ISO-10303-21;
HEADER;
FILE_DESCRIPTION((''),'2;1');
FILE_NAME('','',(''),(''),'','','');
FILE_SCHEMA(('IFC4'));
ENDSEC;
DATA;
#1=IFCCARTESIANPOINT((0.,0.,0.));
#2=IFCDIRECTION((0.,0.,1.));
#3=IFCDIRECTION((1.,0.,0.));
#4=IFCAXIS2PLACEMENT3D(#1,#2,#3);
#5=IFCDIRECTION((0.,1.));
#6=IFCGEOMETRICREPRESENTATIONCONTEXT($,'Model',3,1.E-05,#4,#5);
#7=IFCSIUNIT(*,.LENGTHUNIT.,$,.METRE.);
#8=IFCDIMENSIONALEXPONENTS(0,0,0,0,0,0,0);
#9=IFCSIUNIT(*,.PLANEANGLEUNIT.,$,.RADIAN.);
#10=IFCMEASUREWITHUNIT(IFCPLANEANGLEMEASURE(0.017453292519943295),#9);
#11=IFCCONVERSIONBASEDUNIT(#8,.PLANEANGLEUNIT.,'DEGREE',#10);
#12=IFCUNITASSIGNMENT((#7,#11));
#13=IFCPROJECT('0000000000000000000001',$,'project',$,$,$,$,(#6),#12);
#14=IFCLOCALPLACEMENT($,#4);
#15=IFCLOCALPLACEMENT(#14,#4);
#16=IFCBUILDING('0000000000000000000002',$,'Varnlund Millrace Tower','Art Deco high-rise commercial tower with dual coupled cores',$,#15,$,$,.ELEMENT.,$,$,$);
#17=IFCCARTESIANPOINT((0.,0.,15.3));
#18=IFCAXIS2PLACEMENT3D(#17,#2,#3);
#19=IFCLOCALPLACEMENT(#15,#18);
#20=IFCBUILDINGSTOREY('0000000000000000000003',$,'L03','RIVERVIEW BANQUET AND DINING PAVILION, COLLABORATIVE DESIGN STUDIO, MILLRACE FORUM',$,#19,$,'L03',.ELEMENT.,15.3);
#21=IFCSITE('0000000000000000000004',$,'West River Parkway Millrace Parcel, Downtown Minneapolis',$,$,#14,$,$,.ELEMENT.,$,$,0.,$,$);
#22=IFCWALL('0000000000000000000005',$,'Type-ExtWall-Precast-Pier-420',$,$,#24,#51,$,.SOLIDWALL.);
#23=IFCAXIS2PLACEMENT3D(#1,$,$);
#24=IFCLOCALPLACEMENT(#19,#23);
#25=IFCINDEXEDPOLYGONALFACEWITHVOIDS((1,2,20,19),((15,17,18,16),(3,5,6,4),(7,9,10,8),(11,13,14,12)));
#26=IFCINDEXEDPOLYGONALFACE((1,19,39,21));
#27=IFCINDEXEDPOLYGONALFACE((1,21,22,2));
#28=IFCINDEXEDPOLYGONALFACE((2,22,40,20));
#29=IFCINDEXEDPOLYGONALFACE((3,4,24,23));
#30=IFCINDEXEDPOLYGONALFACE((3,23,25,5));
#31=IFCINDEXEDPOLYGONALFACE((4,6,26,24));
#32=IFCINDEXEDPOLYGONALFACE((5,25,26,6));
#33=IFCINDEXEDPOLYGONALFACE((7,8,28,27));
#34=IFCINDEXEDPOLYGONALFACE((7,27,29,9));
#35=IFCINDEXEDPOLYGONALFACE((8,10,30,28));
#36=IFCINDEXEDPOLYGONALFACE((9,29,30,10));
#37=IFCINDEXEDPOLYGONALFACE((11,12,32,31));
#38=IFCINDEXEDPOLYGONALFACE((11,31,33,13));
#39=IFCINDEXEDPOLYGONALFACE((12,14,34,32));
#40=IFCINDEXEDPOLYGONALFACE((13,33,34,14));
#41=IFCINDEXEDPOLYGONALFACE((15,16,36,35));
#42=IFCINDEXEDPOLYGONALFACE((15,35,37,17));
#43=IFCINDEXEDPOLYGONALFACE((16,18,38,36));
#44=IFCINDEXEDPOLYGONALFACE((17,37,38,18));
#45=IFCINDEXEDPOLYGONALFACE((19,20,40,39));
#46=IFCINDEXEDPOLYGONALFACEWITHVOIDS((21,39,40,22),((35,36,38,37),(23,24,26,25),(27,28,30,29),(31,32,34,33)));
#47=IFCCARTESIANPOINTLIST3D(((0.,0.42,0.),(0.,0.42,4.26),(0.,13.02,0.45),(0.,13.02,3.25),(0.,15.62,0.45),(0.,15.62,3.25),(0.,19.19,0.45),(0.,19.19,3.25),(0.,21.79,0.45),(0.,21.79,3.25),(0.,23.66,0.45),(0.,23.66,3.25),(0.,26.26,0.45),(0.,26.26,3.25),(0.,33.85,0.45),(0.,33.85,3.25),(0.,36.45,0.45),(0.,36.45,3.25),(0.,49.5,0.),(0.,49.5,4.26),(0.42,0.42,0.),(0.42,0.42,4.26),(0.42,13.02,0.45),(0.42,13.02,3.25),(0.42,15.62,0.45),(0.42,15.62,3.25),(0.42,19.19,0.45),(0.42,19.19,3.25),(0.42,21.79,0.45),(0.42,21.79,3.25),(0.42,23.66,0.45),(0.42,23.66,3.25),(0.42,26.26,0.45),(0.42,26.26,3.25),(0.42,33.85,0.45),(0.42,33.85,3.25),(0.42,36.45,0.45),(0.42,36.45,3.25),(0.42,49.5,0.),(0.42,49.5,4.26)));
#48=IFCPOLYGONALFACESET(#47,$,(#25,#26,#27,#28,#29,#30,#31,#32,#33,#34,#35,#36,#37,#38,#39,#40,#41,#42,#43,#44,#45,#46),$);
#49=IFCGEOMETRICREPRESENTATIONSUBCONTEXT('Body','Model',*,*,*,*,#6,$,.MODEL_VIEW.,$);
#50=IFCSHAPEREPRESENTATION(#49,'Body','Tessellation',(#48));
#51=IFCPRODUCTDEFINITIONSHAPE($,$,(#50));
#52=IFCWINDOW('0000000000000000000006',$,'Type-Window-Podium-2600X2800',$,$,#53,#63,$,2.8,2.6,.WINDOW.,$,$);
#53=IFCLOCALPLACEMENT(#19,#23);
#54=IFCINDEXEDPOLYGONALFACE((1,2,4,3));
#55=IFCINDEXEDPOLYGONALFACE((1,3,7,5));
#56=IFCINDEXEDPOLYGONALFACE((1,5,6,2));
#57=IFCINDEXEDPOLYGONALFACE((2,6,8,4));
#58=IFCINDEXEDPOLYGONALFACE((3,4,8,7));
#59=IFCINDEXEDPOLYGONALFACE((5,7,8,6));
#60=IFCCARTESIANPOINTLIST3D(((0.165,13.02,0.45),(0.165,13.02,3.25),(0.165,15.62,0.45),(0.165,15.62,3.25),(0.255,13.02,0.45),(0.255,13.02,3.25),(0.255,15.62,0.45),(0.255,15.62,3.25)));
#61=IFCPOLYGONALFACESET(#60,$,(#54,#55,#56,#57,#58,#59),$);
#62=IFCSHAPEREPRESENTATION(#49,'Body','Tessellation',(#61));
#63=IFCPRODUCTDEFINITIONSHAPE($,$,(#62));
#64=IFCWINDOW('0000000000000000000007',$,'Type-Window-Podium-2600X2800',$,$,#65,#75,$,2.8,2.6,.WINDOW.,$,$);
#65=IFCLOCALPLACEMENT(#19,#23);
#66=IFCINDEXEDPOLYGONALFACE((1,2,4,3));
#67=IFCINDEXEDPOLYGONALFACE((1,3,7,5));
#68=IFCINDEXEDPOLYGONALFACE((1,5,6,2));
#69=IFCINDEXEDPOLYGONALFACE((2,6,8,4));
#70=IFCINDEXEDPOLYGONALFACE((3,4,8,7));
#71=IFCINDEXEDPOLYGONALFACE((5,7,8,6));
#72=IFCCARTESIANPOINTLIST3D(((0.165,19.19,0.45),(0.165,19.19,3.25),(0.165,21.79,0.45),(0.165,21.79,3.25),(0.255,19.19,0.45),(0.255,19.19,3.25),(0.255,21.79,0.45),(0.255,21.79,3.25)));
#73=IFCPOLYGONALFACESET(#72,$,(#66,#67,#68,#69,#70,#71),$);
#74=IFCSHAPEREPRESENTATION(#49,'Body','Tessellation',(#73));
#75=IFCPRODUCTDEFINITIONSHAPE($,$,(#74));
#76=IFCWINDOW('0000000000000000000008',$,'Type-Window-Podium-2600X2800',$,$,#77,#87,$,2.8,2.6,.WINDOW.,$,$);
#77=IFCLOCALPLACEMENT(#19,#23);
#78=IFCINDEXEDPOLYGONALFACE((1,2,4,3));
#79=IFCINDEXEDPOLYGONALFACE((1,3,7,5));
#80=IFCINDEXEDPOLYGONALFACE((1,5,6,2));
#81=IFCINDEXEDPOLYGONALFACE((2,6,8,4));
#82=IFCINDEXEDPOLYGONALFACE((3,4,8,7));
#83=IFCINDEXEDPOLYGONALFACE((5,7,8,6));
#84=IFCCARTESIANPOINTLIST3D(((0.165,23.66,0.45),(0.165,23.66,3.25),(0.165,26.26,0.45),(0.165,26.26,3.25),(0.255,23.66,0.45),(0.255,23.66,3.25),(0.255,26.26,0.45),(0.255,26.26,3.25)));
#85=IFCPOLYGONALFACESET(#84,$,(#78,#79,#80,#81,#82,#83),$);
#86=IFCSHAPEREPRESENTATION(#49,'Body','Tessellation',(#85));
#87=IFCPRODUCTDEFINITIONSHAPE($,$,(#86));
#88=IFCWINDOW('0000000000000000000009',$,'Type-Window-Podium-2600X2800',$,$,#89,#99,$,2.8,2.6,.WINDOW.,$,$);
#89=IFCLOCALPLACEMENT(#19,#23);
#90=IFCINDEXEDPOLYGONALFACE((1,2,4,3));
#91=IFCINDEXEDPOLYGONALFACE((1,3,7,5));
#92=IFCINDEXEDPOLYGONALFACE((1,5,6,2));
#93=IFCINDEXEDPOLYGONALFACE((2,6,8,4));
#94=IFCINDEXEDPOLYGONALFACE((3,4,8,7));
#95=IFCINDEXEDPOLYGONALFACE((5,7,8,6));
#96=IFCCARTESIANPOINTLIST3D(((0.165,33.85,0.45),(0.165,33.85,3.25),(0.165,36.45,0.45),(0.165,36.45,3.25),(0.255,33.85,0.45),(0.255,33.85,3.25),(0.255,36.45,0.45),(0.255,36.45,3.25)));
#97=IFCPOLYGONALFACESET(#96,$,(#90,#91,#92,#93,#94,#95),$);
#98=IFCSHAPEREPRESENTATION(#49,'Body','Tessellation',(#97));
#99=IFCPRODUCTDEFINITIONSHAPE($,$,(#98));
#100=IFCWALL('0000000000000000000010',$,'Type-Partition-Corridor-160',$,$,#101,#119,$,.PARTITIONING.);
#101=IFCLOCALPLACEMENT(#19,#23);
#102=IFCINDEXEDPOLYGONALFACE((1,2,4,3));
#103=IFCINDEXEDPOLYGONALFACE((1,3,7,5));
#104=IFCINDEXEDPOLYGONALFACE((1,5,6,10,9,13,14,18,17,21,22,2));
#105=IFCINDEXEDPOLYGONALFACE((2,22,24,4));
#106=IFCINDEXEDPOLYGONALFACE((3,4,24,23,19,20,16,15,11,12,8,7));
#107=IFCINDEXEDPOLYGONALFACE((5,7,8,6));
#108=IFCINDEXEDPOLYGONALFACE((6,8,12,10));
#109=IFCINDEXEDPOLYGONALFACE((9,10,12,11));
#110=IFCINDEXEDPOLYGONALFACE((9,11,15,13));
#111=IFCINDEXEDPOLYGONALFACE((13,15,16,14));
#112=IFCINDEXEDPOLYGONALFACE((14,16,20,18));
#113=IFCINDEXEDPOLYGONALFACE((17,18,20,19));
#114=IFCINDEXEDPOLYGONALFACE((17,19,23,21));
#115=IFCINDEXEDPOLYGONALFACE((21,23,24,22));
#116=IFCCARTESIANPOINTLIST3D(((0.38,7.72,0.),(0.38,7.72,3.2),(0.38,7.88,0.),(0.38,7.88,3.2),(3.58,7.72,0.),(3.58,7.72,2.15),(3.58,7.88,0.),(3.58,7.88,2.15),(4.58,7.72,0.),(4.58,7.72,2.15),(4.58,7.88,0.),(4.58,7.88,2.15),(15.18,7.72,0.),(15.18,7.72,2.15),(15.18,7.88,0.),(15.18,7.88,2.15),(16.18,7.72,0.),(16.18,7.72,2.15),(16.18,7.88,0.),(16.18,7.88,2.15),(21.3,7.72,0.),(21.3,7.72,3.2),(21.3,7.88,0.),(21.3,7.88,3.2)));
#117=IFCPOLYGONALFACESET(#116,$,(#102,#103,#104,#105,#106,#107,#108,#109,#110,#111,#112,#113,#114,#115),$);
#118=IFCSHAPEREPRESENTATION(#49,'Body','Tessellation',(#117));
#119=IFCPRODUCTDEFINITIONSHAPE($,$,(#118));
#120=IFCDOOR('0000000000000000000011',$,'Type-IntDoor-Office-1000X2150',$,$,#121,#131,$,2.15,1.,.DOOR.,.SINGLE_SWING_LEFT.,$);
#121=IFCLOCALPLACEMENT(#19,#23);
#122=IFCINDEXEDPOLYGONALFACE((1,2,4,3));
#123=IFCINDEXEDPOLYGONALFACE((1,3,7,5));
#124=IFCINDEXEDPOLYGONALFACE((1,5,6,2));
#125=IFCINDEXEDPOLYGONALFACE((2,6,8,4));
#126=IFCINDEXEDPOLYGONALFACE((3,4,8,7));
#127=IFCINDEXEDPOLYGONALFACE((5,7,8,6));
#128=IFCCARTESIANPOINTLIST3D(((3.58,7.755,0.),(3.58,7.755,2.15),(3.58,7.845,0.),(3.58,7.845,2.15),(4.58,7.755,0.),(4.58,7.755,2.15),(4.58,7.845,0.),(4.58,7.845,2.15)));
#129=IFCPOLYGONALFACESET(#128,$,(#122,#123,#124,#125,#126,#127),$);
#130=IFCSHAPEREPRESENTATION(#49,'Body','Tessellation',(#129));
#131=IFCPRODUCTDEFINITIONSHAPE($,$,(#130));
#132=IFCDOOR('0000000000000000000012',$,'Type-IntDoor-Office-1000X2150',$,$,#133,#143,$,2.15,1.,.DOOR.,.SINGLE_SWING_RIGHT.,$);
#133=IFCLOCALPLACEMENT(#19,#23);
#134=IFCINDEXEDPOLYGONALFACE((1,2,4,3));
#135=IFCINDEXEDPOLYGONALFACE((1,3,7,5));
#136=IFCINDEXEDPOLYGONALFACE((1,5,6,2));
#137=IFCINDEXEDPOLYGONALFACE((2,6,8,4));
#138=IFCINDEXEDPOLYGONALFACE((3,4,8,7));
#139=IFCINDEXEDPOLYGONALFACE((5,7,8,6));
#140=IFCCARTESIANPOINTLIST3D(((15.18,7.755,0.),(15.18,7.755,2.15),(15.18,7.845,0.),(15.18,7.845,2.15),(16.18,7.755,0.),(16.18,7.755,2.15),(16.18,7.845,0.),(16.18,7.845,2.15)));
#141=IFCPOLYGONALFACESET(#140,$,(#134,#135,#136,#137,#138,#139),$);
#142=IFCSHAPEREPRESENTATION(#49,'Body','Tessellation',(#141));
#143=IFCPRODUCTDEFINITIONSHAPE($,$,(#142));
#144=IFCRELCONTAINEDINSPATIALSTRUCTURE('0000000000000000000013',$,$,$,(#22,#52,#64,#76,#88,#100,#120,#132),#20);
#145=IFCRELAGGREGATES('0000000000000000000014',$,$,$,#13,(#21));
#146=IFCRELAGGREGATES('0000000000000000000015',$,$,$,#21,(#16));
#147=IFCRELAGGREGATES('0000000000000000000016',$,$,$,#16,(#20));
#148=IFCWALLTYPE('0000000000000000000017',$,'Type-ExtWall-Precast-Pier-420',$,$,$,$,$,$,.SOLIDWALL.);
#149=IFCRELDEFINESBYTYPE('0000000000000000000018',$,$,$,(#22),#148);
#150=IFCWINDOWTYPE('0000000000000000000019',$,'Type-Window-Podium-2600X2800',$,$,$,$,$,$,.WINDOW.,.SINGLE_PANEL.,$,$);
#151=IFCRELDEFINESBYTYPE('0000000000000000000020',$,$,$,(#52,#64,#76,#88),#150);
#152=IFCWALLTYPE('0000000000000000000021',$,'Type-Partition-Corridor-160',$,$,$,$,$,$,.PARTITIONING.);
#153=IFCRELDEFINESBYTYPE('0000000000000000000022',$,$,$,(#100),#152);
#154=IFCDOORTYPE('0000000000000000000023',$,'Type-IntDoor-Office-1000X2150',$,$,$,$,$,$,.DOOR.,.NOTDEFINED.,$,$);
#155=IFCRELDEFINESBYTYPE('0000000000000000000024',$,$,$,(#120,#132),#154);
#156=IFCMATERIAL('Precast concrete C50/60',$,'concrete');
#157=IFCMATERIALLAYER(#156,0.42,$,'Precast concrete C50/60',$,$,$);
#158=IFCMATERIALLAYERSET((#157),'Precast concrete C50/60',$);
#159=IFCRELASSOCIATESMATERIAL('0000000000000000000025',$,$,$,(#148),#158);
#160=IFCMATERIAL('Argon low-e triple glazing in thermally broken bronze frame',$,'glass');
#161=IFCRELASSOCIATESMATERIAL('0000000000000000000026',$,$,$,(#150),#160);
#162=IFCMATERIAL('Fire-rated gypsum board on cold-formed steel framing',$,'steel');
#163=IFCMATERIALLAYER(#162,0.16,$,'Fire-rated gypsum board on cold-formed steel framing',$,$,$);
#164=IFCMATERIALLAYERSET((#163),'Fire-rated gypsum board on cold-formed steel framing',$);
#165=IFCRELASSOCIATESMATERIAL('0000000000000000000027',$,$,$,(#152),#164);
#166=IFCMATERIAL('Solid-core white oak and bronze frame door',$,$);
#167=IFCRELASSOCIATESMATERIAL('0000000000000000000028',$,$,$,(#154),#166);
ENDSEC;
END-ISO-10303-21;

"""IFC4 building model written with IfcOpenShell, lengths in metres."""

from ifc_helpers import new_model, entity, si_unit, converted_unit, direction, frame, origin_with_axes, origin_2d_with_axis, place, context, subcontext, project, spatial, polyline, rectangle, outline, extrude, material, layer, layer_set, type_object, element, fill, save


model = new_model("IFC4")

# Units and contexts
model_context = context("Model", 3, precision=1e-05, world=origin_with_axes(), true_north=direction((0.0, 1.0)))
body_context = subcontext(model_context, "Body", "Model", "MODEL_VIEW")
ifc_project = project(units=[si_unit("LENGTHUNIT", "METRE"), converted_unit("PLANEANGLEUNIT", "DEGREE", entity("IfcPlaneAngleMeasure", 0.017453292519943295), si_unit("PLANEANGLEUNIT", "RADIAN"), dimensions=[0, 0, 0, 0, 0, 0, 0])], contexts=[model_context])

# Site, building, storey
site_placement = place(None, origin_with_axes())
site = spatial("IfcSite", under=ifc_project, at=site_placement, Name="West River Parkway Millrace Parcel, Downtown Minneapolis", CompositionType="ELEMENT", RefElevation=0.0)
building_placement = place(site_placement, origin_with_axes())
building = spatial("IfcBuilding", under=site, at=building_placement, Name="Varnlund Millrace Tower", Description="Art Deco high-rise commercial tower with dual coupled cores", CompositionType="ELEMENT")
storey_placement = place(building_placement, frame((0.0, 0.0, 15.3), z_axis=(0.0, 0.0, 1.0), x_axis=(1.0, 0.0, 0.0)))
storey = spatial("IfcBuildingStorey", under=building, at=storey_placement, Name="L03", Description="RIVERVIEW BANQUET AND DINING PAVILION, COLLABORATIVE DESIGN STUDIO, MILLRACE FORUM", LongName="L03", CompositionType="ELEMENT", Elevation=15.3)

# Wall, openings, windows
ifc_material_1 = material(Name="Precast concrete C50/60", Category="concrete")
ifc_layer_1 = layer(ifc_material_1, 0.42, Name="Precast concrete C50/60")
ifc_layer_set_1 = layer_set([ifc_layer_1], Name="Precast concrete C50/60")
wall_type_1 = type_object("IfcWallType", Name="Type-ExtWall-Precast-Pier-420", PredefinedType="SOLIDWALL", material=ifc_layer_set_1)
wall_1_placement = place(storey_placement, frame((0.21, 0.42, 0.0), z_axis=(0.0, 0.0, 1.0), x_axis=(0.0, 1.0, 0.0)))
wall_1 = element("IfcWall", 1, at=wall_1_placement, inside=storey, type_object=wall_type_1, Name="Type-ExtWall-Precast-Pier-420", PredefinedType="SOLIDWALL", context=body_context, shape_type="SweptSolid", body=[
    extrude(outline(polyline([(0.0, -0.21), (49.08, -0.21), (49.08, 0.21), (0.0, 0.21), (0.0, -0.21)])), origin_with_axes(), (0.0, 0.0, 1.0), 4.26),
])
opening_1_placement = place(wall_1_placement, frame((13.9, 0.0, 0.45), z_axis=(0.0, 0.0, 1.0), x_axis=(1.0, 0.0, 0.0)))
opening_1 = element("IfcOpeningElement", 2, at=opening_1_placement, cuts=wall_1, PredefinedType="OPENING", context=body_context, shape_type="SweptSolid", body=[
    extrude(rectangle(XDim=2.6, YDim=0.44, at=origin_2d_with_axis()), origin_with_axes(), (0.0, 0.0, 1.0), 2.8),
])
opening_2_placement = place(wall_1_placement, frame((20.07, 0.0, 0.45), z_axis=(0.0, 0.0, 1.0), x_axis=(1.0, 0.0, 0.0)))
opening_2 = element("IfcOpeningElement", 3, at=opening_2_placement, cuts=wall_1, PredefinedType="OPENING", context=body_context, shape_type="SweptSolid", body=[
    extrude(rectangle(XDim=2.6, YDim=0.44, at=origin_2d_with_axis()), origin_with_axes(), (0.0, 0.0, 1.0), 2.8),
])
opening_3_placement = place(wall_1_placement, frame((24.54, 0.0, 0.45), z_axis=(0.0, 0.0, 1.0), x_axis=(1.0, 0.0, 0.0)))
opening_3 = element("IfcOpeningElement", 4, at=opening_3_placement, cuts=wall_1, PredefinedType="OPENING", context=body_context, shape_type="SweptSolid", body=[
    extrude(rectangle(XDim=2.6, YDim=0.44, at=origin_2d_with_axis()), origin_with_axes(), (0.0, 0.0, 1.0), 2.8),
])
opening_4_placement = place(wall_1_placement, frame((34.73, 0.0, 0.45), z_axis=(0.0, 0.0, 1.0), x_axis=(1.0, 0.0, 0.0)))
opening_4 = element("IfcOpeningElement", 5, at=opening_4_placement, cuts=wall_1, PredefinedType="OPENING", context=body_context, shape_type="SweptSolid", body=[
    extrude(rectangle(XDim=2.6, YDim=0.44, at=origin_2d_with_axis()), origin_with_axes(), (0.0, 0.0, 1.0), 2.8),
])
ifc_material_2 = material(Name="Argon low-e triple glazing in thermally broken bronze frame", Category="glass")
window_type = type_object("IfcWindowType", Name="Type-Window-Podium-2600X2800", PartitioningType="SINGLE_PANEL", PredefinedType="WINDOW", material=ifc_material_2)
window_1_placement = place(wall_1_placement, frame((13.9, 0.0, 0.45), z_axis=(0.0, 0.0, 1.0), x_axis=(1.0, 0.0, 0.0)))
window_1 = element("IfcWindow", 6, at=window_1_placement, inside=storey, type_object=window_type, Name="Type-Window-Podium-2600X2800", OverallHeight=2.8, OverallWidth=2.6, PredefinedType="WINDOW", context=body_context, shape_type="SweptSolid", body=[
    extrude(rectangle(XDim=2.6, YDim=0.09, at=origin_2d_with_axis()), origin_with_axes(), (0.0, 0.0, 1.0), 2.8),
])
fill(opening_1, window_1)
window_2_placement = place(wall_1_placement, frame((20.07, 0.0, 0.45), z_axis=(0.0, 0.0, 1.0), x_axis=(1.0, 0.0, 0.0)))
window_2 = element("IfcWindow", 7, at=window_2_placement, inside=storey, type_object=window_type, Name="Type-Window-Podium-2600X2800", OverallHeight=2.8, OverallWidth=2.6, PredefinedType="WINDOW", context=body_context, shape_type="SweptSolid", body=[
    extrude(rectangle(XDim=2.6, YDim=0.09, at=origin_2d_with_axis()), origin_with_axes(), (0.0, 0.0, 1.0), 2.8),
])
fill(opening_2, window_2)
window_3_placement = place(wall_1_placement, frame((24.54, 0.0, 0.45), z_axis=(0.0, 0.0, 1.0), x_axis=(1.0, 0.0, 0.0)))
window_3 = element("IfcWindow", 8, at=window_3_placement, inside=storey, type_object=window_type, Name="Type-Window-Podium-2600X2800", OverallHeight=2.8, OverallWidth=2.6, PredefinedType="WINDOW", context=body_context, shape_type="SweptSolid", body=[
    extrude(rectangle(XDim=2.6, YDim=0.09, at=origin_2d_with_axis()), origin_with_axes(), (0.0, 0.0, 1.0), 2.8),
])
fill(opening_3, window_3)
window_4_placement = place(wall_1_placement, frame((34.73, 0.0, 0.45), z_axis=(0.0, 0.0, 1.0), x_axis=(1.0, 0.0, 0.0)))
window_4 = element("IfcWindow", 9, at=window_4_placement, inside=storey, type_object=window_type, Name="Type-Window-Podium-2600X2800", OverallHeight=2.8, OverallWidth=2.6, PredefinedType="WINDOW", context=body_context, shape_type="SweptSolid", body=[
    extrude(rectangle(XDim=2.6, YDim=0.09, at=origin_2d_with_axis()), origin_with_axes(), (0.0, 0.0, 1.0), 2.8),
])
fill(opening_4, window_4)

# Wall, openings, doors
ifc_material_3 = material(Name="Fire-rated gypsum board on cold-formed steel framing", Category="steel")
ifc_layer_2 = layer(ifc_material_3, 0.16, Name="Fire-rated gypsum board on cold-formed steel framing")
ifc_layer_set_2 = layer_set([ifc_layer_2], Name="Fire-rated gypsum board on cold-formed steel framing")
wall_type_2 = type_object("IfcWallType", Name="Type-Partition-Corridor-160", PredefinedType="PARTITIONING", material=ifc_layer_set_2)
wall_2_placement = place(storey_placement, frame((0.38, 7.8, 0.0), z_axis=(0.0, 0.0, 1.0), x_axis=(1.0, 0.0, 0.0)))
wall_2 = element("IfcWall", 10, at=wall_2_placement, inside=storey, type_object=wall_type_2, Name="Type-Partition-Corridor-160", PredefinedType="PARTITIONING", context=body_context, shape_type="SweptSolid", body=[
    extrude(outline(polyline([(0.0, -0.08), (20.92, -0.08), (20.92, 0.08), (0.0, 0.08), (0.0, -0.08)])), origin_with_axes(), (0.0, 0.0, 1.0), 3.2),
])
opening_5_placement = place(wall_2_placement, frame((3.7, 0.0, 0.0), z_axis=(0.0, 0.0, 1.0), x_axis=(1.0, 0.0, 0.0)))
opening_5 = element("IfcOpeningElement", 11, at=opening_5_placement, cuts=wall_2, PredefinedType="OPENING", context=body_context, shape_type="SweptSolid", body=[
    extrude(rectangle(XDim=1.0, YDim=0.18, at=origin_2d_with_axis()), origin_with_axes(), (0.0, 0.0, 1.0), 2.15),
])
opening_6_placement = place(wall_2_placement, frame((15.3, 0.0, 0.0), z_axis=(0.0, 0.0, 1.0), x_axis=(1.0, 0.0, 0.0)))
opening_6 = element("IfcOpeningElement", 12, at=opening_6_placement, cuts=wall_2, PredefinedType="OPENING", context=body_context, shape_type="SweptSolid", body=[
    extrude(rectangle(XDim=1.0, YDim=0.18, at=origin_2d_with_axis()), origin_with_axes(), (0.0, 0.0, 1.0), 2.15),
])
ifc_material_4 = material(Name="Solid-core white oak and bronze frame door")
door_type = type_object("IfcDoorType", Name="Type-IntDoor-Office-1000X2150", OperationType="NOTDEFINED", PredefinedType="DOOR", material=ifc_material_4)
door_1_placement = place(wall_2_placement, frame((3.7, 0.0, 0.0), z_axis=(0.0, 0.0, 1.0), x_axis=(1.0, 0.0, 0.0)))
door_1 = element("IfcDoor", 13, at=door_1_placement, inside=storey, type_object=door_type, Name="Type-IntDoor-Office-1000X2150", OperationType="SINGLE_SWING_LEFT", OverallHeight=2.15, OverallWidth=1.0, PredefinedType="DOOR", context=body_context, shape_type="SweptSolid", body=[
    extrude(rectangle(XDim=1.0, YDim=0.09, at=origin_2d_with_axis()), origin_with_axes(), (0.0, 0.0, 1.0), 2.15),
])
fill(opening_5, door_1)
door_2_placement = place(wall_2_placement, frame((15.3, 0.0, 0.0), z_axis=(0.0, 0.0, 1.0), x_axis=(1.0, 0.0, 0.0)))
door_2 = element("IfcDoor", 14, at=door_2_placement, inside=storey, type_object=door_type, Name="Type-IntDoor-Office-1000X2150", OperationType="SINGLE_SWING_RIGHT", OverallHeight=2.15, OverallWidth=1.0, PredefinedType="DOOR", context=body_context, shape_type="SweptSolid", body=[
    extrude(rectangle(XDim=1.0, YDim=0.09, at=origin_2d_with_axis()), origin_with_axes(), (0.0, 0.0, 1.0), 2.15),
])
fill(opening_6, door_2)

save(model, "model.ifc")
